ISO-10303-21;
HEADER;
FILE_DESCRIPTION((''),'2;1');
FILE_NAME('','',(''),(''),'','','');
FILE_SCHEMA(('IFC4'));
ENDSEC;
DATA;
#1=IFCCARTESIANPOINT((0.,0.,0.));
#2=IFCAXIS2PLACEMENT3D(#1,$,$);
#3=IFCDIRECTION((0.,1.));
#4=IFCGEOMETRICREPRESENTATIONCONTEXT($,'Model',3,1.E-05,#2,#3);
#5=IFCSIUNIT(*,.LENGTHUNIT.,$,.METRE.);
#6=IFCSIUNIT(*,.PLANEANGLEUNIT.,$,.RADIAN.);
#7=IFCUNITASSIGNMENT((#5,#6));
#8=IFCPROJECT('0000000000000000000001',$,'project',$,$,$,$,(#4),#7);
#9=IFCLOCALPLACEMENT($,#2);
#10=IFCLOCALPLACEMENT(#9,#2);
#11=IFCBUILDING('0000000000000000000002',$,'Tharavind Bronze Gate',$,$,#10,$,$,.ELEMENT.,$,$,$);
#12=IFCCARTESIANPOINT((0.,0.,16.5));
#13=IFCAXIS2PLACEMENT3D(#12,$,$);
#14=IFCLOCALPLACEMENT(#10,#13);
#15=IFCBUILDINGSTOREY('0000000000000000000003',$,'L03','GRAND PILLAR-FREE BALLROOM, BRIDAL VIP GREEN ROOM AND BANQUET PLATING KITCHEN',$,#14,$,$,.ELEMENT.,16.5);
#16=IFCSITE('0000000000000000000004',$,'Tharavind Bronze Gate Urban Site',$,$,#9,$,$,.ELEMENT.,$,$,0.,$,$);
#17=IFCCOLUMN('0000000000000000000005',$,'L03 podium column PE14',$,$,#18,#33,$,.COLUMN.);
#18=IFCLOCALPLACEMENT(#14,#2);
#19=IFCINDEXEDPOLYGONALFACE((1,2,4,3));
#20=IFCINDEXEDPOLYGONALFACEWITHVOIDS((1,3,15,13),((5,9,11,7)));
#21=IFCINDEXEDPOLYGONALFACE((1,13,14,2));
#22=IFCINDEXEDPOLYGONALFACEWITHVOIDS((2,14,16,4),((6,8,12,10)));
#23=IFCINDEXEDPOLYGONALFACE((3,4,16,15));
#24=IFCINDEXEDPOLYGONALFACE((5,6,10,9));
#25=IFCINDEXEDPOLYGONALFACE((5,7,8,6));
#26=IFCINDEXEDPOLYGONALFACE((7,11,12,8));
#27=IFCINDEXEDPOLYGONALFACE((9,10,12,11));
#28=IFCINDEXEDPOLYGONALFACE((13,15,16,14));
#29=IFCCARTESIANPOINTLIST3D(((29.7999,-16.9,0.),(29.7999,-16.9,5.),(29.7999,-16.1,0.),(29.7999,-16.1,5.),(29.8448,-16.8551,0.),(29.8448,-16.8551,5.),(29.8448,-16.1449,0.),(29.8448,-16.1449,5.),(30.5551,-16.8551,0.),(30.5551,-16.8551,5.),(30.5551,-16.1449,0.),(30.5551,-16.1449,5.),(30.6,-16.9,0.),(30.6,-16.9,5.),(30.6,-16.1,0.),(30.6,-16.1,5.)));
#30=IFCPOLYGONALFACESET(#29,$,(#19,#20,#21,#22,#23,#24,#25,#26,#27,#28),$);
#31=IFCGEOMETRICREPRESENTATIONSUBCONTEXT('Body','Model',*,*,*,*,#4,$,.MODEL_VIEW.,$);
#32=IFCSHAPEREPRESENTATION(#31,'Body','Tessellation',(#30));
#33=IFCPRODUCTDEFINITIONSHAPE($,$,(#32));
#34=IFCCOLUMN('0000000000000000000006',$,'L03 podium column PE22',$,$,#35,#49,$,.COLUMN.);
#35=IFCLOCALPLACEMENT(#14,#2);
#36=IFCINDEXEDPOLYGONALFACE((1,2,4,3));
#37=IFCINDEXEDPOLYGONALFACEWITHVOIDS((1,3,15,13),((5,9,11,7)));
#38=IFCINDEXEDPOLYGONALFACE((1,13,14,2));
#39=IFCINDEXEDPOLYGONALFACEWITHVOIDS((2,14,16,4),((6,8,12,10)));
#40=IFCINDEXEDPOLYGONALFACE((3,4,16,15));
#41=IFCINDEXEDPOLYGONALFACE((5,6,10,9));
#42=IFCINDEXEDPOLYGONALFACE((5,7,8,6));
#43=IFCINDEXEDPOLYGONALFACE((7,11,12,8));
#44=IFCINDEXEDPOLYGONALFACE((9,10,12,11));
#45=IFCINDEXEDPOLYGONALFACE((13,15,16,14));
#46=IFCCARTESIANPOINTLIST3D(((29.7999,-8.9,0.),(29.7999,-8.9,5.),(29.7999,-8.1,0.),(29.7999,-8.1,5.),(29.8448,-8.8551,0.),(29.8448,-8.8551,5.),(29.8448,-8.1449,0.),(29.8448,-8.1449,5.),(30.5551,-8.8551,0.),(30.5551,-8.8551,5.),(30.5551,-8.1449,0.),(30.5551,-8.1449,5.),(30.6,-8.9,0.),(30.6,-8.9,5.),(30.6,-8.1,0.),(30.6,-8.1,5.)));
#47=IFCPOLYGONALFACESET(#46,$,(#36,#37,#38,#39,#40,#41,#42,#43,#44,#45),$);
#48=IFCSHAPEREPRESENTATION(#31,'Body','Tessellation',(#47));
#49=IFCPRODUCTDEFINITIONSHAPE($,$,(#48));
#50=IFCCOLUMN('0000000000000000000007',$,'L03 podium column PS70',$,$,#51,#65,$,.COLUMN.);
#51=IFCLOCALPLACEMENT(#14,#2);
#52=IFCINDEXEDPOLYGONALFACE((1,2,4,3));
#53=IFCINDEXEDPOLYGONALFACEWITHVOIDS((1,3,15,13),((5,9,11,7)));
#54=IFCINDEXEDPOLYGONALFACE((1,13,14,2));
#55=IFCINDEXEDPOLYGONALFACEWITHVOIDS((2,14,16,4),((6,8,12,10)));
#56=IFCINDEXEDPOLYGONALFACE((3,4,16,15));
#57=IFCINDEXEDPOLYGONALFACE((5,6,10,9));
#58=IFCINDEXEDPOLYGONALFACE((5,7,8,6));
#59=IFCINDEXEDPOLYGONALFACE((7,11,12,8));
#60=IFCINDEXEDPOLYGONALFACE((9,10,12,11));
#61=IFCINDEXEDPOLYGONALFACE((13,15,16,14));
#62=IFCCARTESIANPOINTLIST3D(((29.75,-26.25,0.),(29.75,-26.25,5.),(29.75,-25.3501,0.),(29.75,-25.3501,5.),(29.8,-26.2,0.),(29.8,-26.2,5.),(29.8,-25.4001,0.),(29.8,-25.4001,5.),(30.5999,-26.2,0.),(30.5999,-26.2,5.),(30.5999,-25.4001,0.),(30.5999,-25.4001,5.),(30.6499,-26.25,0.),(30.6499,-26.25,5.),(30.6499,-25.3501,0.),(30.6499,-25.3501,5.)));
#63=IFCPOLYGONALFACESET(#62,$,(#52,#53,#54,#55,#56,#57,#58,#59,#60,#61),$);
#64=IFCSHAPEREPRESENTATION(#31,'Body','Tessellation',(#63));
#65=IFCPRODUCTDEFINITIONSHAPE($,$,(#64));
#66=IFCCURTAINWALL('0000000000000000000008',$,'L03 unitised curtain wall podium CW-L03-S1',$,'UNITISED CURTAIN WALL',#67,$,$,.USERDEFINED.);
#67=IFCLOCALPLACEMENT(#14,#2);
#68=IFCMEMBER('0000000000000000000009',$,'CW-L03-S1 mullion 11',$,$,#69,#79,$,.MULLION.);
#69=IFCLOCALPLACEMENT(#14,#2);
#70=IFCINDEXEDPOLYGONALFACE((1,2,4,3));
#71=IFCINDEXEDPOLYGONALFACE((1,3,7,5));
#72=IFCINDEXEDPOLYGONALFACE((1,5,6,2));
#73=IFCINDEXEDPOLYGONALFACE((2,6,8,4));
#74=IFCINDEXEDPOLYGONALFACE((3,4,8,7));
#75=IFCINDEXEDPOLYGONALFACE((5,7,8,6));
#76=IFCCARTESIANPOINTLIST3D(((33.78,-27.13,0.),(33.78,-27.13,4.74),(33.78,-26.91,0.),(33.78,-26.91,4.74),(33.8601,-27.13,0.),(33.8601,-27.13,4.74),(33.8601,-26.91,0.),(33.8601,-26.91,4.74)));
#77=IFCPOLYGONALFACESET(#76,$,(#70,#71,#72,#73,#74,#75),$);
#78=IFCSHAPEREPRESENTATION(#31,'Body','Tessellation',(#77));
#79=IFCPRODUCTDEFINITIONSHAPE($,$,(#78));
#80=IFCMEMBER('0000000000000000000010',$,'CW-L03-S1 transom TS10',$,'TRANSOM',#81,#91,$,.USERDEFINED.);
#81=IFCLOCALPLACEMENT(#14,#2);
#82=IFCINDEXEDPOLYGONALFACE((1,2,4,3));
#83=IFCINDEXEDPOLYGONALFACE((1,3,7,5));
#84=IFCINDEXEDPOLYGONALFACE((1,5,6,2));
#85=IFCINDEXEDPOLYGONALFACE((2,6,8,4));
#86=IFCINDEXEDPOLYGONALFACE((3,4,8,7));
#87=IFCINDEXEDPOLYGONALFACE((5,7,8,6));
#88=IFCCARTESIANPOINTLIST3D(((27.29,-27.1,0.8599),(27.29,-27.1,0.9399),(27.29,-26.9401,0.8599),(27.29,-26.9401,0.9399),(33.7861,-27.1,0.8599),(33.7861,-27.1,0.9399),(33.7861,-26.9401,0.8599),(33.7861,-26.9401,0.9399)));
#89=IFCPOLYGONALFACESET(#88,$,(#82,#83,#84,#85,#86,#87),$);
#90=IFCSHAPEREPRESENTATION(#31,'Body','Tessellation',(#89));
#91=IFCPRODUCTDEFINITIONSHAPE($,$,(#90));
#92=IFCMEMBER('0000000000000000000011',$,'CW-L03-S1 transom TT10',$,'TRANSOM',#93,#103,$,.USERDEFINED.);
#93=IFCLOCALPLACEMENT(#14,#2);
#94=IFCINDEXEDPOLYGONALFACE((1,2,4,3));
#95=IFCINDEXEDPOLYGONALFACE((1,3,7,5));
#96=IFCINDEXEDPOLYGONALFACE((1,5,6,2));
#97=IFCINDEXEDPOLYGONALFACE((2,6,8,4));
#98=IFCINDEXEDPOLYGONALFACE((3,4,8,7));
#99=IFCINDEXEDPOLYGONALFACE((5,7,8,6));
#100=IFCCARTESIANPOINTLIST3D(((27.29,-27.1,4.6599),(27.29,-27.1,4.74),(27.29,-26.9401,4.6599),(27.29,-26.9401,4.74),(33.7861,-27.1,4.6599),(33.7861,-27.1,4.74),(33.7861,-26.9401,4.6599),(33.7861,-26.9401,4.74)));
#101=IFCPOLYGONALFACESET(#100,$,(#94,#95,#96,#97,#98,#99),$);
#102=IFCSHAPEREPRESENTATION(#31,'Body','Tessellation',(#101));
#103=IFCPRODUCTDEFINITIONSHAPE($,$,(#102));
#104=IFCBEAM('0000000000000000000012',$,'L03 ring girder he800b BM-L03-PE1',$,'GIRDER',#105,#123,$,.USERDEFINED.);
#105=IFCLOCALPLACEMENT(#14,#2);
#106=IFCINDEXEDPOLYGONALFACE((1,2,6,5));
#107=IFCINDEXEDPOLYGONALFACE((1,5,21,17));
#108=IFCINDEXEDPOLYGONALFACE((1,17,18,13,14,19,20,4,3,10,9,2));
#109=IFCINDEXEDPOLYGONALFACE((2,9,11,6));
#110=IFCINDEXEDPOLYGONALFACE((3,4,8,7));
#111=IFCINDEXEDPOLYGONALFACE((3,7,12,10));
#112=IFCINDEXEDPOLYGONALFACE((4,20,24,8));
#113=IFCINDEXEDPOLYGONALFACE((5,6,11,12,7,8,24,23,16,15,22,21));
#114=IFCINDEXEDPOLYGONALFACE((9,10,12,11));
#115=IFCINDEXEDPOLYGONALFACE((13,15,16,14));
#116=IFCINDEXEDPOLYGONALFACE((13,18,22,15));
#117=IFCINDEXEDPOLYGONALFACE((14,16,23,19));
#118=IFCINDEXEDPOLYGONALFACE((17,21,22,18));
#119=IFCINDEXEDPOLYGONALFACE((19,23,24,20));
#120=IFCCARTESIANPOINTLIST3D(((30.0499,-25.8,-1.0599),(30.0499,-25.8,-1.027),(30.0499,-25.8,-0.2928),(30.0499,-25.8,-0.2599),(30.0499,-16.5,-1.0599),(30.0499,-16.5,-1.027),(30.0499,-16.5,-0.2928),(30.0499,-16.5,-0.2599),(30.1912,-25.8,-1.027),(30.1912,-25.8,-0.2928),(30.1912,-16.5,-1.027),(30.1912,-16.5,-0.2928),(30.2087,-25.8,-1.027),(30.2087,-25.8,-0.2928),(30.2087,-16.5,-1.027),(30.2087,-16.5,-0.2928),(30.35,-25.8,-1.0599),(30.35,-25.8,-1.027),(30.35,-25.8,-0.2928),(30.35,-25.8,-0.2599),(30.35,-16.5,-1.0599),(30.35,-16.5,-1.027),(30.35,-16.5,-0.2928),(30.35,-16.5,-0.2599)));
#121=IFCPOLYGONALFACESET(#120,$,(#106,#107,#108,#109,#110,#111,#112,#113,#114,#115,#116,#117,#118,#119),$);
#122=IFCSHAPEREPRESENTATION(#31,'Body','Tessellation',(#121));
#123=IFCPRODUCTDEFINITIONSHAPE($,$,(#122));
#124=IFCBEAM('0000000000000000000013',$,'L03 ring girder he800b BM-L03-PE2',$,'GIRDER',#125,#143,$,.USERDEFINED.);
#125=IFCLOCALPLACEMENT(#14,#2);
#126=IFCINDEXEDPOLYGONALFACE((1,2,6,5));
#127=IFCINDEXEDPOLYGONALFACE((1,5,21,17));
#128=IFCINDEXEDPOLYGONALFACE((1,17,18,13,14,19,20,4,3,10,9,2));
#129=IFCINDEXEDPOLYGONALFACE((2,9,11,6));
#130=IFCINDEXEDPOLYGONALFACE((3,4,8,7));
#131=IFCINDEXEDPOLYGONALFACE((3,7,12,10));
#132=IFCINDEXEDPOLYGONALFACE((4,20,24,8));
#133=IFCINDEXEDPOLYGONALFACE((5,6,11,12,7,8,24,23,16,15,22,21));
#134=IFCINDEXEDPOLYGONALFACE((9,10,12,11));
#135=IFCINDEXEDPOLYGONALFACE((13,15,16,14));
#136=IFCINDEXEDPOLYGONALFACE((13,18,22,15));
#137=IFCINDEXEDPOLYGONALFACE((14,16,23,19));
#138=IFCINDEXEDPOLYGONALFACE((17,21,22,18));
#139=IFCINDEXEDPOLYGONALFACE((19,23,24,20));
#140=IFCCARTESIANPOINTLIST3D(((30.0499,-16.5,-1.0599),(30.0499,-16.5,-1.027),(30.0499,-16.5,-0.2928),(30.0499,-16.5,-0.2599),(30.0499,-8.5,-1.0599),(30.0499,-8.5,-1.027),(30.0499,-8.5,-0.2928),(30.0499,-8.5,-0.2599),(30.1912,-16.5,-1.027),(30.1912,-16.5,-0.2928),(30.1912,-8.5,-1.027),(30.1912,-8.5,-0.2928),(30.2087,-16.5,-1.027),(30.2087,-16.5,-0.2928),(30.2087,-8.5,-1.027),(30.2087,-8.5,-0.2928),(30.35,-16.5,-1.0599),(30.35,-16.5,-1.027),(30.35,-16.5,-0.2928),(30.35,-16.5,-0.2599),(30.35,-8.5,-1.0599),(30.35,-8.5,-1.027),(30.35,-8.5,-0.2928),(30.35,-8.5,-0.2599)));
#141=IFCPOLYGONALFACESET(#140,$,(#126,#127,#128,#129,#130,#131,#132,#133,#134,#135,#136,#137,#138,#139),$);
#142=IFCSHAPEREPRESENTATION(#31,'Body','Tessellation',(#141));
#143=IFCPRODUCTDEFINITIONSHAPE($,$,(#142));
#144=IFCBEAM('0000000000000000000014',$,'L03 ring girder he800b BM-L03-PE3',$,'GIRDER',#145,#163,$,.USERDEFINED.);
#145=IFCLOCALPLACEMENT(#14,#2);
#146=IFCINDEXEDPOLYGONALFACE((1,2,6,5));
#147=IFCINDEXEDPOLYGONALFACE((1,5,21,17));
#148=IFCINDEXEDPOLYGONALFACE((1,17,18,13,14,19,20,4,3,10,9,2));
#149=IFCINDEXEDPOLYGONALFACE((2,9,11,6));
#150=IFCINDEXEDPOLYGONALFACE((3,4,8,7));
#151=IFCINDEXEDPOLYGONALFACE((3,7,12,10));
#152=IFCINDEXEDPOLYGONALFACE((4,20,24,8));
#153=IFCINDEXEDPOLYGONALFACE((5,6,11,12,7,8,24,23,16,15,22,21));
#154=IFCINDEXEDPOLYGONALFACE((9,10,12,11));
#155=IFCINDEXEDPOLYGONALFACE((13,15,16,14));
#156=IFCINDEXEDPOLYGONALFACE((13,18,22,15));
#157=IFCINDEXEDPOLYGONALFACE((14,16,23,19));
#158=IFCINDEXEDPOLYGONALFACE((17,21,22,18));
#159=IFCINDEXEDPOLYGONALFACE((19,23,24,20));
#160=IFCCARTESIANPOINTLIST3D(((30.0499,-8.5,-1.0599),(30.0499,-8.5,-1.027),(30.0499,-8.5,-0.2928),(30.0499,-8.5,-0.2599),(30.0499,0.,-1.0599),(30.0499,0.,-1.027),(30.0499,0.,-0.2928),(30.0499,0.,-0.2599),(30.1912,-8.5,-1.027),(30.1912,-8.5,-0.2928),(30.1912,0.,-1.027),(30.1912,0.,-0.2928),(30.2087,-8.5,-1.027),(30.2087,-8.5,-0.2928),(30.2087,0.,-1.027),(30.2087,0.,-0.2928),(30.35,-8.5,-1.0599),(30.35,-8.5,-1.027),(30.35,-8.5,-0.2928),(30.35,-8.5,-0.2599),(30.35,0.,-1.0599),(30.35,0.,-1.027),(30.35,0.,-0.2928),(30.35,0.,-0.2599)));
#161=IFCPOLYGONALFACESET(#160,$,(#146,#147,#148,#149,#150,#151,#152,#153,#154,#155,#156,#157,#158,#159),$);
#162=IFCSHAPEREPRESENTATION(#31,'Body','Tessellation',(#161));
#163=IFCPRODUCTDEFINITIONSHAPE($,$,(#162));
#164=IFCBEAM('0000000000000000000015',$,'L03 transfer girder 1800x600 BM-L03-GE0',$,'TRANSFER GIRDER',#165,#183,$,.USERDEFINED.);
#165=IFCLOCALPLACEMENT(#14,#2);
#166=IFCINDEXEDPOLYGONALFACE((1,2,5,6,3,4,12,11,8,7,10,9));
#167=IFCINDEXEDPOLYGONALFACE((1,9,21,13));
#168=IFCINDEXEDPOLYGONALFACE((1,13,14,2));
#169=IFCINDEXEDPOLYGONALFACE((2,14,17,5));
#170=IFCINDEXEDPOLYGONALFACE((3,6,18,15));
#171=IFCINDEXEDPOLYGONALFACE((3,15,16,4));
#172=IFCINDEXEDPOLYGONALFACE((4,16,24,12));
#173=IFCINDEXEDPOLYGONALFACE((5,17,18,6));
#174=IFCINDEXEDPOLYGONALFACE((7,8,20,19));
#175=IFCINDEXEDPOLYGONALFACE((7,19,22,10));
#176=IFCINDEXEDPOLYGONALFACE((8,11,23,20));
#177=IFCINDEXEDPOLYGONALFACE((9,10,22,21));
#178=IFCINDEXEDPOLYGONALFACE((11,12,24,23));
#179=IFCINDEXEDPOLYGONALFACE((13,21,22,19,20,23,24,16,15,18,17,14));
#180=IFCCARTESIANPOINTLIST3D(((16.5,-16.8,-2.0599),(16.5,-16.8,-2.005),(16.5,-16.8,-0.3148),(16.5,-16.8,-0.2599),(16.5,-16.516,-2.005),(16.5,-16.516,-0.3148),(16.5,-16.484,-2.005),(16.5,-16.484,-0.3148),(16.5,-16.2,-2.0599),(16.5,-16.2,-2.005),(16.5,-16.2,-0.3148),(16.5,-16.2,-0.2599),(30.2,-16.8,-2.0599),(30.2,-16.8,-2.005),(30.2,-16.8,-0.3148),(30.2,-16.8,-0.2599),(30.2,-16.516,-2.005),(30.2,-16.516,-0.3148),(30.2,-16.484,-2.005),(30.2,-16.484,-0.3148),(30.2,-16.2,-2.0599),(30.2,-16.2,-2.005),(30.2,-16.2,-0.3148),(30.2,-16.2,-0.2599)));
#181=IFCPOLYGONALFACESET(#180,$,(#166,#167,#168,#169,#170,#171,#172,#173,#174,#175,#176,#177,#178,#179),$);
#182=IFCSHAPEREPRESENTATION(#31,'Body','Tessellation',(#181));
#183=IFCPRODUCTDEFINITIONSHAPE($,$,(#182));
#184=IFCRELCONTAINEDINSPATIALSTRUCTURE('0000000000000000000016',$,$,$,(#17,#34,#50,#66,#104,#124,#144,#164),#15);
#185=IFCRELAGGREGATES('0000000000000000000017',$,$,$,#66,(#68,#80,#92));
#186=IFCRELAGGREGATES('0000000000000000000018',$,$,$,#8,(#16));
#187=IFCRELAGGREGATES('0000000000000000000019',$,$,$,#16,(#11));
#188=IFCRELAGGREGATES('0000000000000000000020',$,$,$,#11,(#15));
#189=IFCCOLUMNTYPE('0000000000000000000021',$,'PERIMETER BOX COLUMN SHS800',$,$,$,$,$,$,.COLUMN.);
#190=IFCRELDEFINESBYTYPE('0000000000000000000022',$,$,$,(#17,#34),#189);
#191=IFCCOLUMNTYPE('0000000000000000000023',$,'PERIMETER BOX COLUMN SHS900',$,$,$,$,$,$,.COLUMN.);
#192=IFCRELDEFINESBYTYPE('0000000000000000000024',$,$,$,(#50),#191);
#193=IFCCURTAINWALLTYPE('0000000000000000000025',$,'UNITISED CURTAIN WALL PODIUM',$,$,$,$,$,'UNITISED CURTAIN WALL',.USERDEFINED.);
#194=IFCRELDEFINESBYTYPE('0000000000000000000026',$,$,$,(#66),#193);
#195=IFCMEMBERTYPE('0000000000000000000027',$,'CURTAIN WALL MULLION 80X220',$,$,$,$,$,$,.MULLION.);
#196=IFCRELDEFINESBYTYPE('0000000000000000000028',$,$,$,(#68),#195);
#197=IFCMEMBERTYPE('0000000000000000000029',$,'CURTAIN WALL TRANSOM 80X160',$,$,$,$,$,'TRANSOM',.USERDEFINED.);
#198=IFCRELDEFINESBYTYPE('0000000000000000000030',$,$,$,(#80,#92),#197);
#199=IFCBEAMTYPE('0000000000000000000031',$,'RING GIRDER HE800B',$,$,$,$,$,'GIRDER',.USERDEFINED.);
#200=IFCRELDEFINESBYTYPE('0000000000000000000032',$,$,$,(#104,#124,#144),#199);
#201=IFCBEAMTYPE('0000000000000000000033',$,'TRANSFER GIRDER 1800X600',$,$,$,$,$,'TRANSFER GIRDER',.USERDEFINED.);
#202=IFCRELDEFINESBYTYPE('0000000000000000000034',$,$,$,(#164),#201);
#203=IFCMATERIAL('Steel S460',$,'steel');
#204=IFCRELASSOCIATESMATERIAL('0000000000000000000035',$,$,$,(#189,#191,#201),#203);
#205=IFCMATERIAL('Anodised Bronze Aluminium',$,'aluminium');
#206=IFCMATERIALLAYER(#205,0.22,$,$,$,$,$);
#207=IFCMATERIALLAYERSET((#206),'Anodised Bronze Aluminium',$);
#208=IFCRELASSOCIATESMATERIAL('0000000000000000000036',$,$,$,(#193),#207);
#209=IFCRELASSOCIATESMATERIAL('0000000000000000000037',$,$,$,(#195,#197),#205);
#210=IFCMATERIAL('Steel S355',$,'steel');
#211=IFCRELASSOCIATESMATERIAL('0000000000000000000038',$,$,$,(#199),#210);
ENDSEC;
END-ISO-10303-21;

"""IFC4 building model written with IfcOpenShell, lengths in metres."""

from ifc_helpers import new_model, si_unit, direction, frame, origin, origin_2d, place, context, subcontext, project, spatial, rectangle, hollow_rectangle, i_section, extrude, material, layer, layer_set, material_profile, profile_set, type_object, element, aggregate, save


model = new_model("IFC4")

# Units and contexts
model_context = context("Model", 3, precision=1e-05, world=origin(), true_north=direction((0.0, 1.0)))
body_context = subcontext(model_context, "Body", "Model", "MODEL_VIEW")
ifc_project = project(units=[si_unit("LENGTHUNIT", "METRE"), si_unit("PLANEANGLEUNIT", "RADIAN")], contexts=[model_context])

# Site, building, storey
site_placement = place(None, origin())
site = spatial("IfcSite", under=ifc_project, at=site_placement, Name="Tharavind Bronze Gate Urban Site", CompositionType="ELEMENT", RefElevation=0.0)
building_placement = place(site_placement, origin())
building = spatial("IfcBuilding", under=site, at=building_placement, Name="Tharavind Bronze Gate", CompositionType="ELEMENT")
storey_placement = place(building_placement, frame((0.0, 0.0, 16.5)))
storey = spatial("IfcBuildingStorey", under=building, at=storey_placement, Name="L03", Description="GRAND PILLAR-FREE BALLROOM, BRIDAL VIP GREEN ROOM AND BANQUET PLATING KITCHEN", CompositionType="ELEMENT", Elevation=16.5)

# Columns
ifc_material_1 = material(Name="Steel S460", Category="steel")
ifc_material_profile_1 = material_profile(ifc_material_1, hollow_rectangle(XDim=0.8, YDim=0.8, WallThickness=0.0449, at=origin_2d()), Name="SHS800X45")
ifc_profile_set_1 = profile_set([ifc_material_profile_1], Name="Steel S460")
column_type_1 = type_object("IfcColumnType", Name="PERIMETER BOX COLUMN SHS800", PredefinedType="COLUMN", material=ifc_profile_set_1)
for number, where, z_axis, x_axis, name in (
    (1, (30.2, -16.5, 0.0), (0.0, 0.0, 1.0), (1.0, 0.0, 0.0), "L03 podium column PE14"),
    (2, (30.2, -8.5, 0.0), (0.0, 0.0, 1.0), (1.0, 0.0, 0.0), "L03 podium column PE22"),
):
    element("IfcColumn", number, at=place(storey_placement, frame(where, z_axis=z_axis, x_axis=x_axis)), inside=storey, type_object=column_type_1, Name=name, PredefinedType="COLUMN", context=body_context, shape_type="SweptSolid", body=[
        extrude(hollow_rectangle(XDim=0.8, YDim=0.8, WallThickness=0.0449, at=origin_2d()), origin(), (0.0, 0.0, 1.0), 5.0),
    ])
ifc_material_profile_2 = material_profile(ifc_material_1, hollow_rectangle(XDim=0.8999, YDim=0.8999, WallThickness=0.05, at=origin_2d()), Name="SHS900X50")
ifc_profile_set_2 = profile_set([ifc_material_profile_2], Name="Steel S460")
column_type_2 = type_object("IfcColumnType", Name="PERIMETER BOX COLUMN SHS900", PredefinedType="COLUMN", material=ifc_profile_set_2)
column_placement = place(storey_placement, frame((30.2, -25.8, 0.0), z_axis=(0.0, 0.0, 1.0), x_axis=(1.0, 0.0, 0.0)))
element("IfcColumn", 3, at=column_placement, inside=storey, type_object=column_type_2, Name="L03 podium column PS70", PredefinedType="COLUMN", context=body_context, shape_type="SweptSolid", body=[
    extrude(hollow_rectangle(XDim=0.8999, YDim=0.8999, WallThickness=0.05, at=origin_2d()), origin(), (0.0, 0.0, 1.0), 5.0),
])

# Curtain wall, members
ifc_material_2 = material(Name="Anodised Bronze Aluminium", Category="aluminium")
ifc_layer_1 = layer(ifc_material_2, 0.22)
ifc_layer_set_1 = layer_set([ifc_layer_1], Name="Anodised Bronze Aluminium")
curtain_wall_type = type_object("IfcCurtainWallType", Name="UNITISED CURTAIN WALL PODIUM", ElementType="UNITISED CURTAIN WALL", PredefinedType="USERDEFINED", material=ifc_layer_set_1)
curtain_wall_placement = place(storey_placement, origin())
curtain_wall = element("IfcCurtainWall", 4, at=curtain_wall_placement, inside=storey, type_object=curtain_wall_type, Name="L03 unitised curtain wall podium CW-L03-S1", ObjectType="UNITISED CURTAIN WALL", PredefinedType="USERDEFINED")
member_type_1 = type_object("IfcMemberType", Name="CURTAIN WALL MULLION 80X220", PredefinedType="MULLION", material=ifc_material_2)
member_1_placement = place(storey_placement, frame((33.8201, -27.02, 0.0), z_axis=(0.0, 0.0, 1.0), x_axis=(1.0, 0.0, 0.0)))
member_1 = element("IfcMember", 5, at=member_1_placement, type_object=member_type_1, Name="CW-L03-S1 mullion 11", PredefinedType="MULLION", context=body_context, shape_type="SweptSolid", body=[
    extrude(rectangle(XDim=0.0801, YDim=0.22, at=origin_2d()), origin(), (0.0, 0.0, 1.0), 4.74),
])
member_type_2 = type_object("IfcMemberType", Name="CURTAIN WALL TRANSOM 80X160", ElementType="TRANSOM", PredefinedType="USERDEFINED", material=ifc_material_2)
member_2_placement = place(storey_placement, frame((30.5381, -27.02, 0.8599), z_axis=(0.0, 0.0, 1.0), x_axis=(1.0, 0.0, 0.0)))
member_2 = element("IfcMember", 6, at=member_2_placement, type_object=member_type_2, Name="CW-L03-S1 transom TS10", ObjectType="TRANSOM", PredefinedType="USERDEFINED", context=body_context, shape_type="SweptSolid", body=[
    extrude(rectangle(XDim=6.4961, YDim=0.1599, at=origin_2d()), origin(), (0.0, 0.0, 1.0), 0.0801),
])
member_3_placement = place(storey_placement, frame((30.5381, -27.02, 4.6599), z_axis=(0.0, 0.0, 1.0), x_axis=(1.0, 0.0, 0.0)))
member_3 = element("IfcMember", 7, at=member_3_placement, type_object=member_type_2, Name="CW-L03-S1 transom TT10", ObjectType="TRANSOM", PredefinedType="USERDEFINED", context=body_context, shape_type="SweptSolid", body=[
    extrude(rectangle(XDim=6.4961, YDim=0.1599, at=origin_2d()), origin(), (0.0, 0.0, 1.0), 0.0801),
])

# Beams
ifc_material_3 = material(Name="Steel S355", Category="steel")
ifc_material_profile_3 = material_profile(ifc_material_3, i_section(OverallWidth=0.3, OverallDepth=0.8, WebThickness=0.0176, FlangeThickness=0.033, at=origin_2d()), Name="HE800B")
ifc_profile_set_3 = profile_set([ifc_material_profile_3], Name="Steel S355")
beam_type_1 = type_object("IfcBeamType", Name="RING GIRDER HE800B", ElementType="GIRDER", PredefinedType="USERDEFINED", material=ifc_profile_set_3)
beam_1_placement = place(storey_placement, frame((30.2, -25.8, -0.6599), z_axis=(0.0, 1.0, 0.0), x_axis=(-1.0, 0.0, 0.0)))
element("IfcBeam", 8, at=beam_1_placement, inside=storey, type_object=beam_type_1, Name="L03 ring girder he800b BM-L03-PE1", ObjectType="GIRDER", PredefinedType="USERDEFINED", context=body_context, shape_type="SweptSolid", body=[
    extrude(i_section(OverallWidth=0.3, OverallDepth=0.8, WebThickness=0.0176, FlangeThickness=0.033, at=origin_2d()), origin(), (0.0, 0.0, 1.0), 9.3),
])
beam_2_placement = place(storey_placement, frame((30.2, -16.5, -0.6599), z_axis=(0.0, 1.0, 0.0), x_axis=(-1.0, 0.0, 0.0)))
element("IfcBeam", 9, at=beam_2_placement, inside=storey, type_object=beam_type_1, Name="L03 ring girder he800b BM-L03-PE2", ObjectType="GIRDER", PredefinedType="USERDEFINED", context=body_context, shape_type="SweptSolid", body=[
    extrude(i_section(OverallWidth=0.3, OverallDepth=0.8, WebThickness=0.0176, FlangeThickness=0.033, at=origin_2d()), origin(), (0.0, 0.0, 1.0), 8.0),
])
beam_3_placement = place(storey_placement, frame((30.2, -8.5, -0.6599), z_axis=(0.0, 1.0, 0.0), x_axis=(-1.0, 0.0, 0.0)))
element("IfcBeam", 10, at=beam_3_placement, inside=storey, type_object=beam_type_1, Name="L03 ring girder he800b BM-L03-PE3", ObjectType="GIRDER", PredefinedType="USERDEFINED", context=body_context, shape_type="SweptSolid", body=[
    extrude(i_section(OverallWidth=0.3, OverallDepth=0.8, WebThickness=0.0176, FlangeThickness=0.033, at=origin_2d()), origin(), (0.0, 0.0, 1.0), 8.5),
])
ifc_material_profile_4 = material_profile(ifc_material_1, i_section(OverallWidth=0.6001, OverallDepth=1.8, WebThickness=0.032, FlangeThickness=0.0549, at=origin_2d()), Name="PG1800X600")
ifc_profile_set_4 = profile_set([ifc_material_profile_4], Name="Steel S460")
beam_type_2 = type_object("IfcBeamType", Name="TRANSFER GIRDER 1800X600", ElementType="TRANSFER GIRDER", PredefinedType="USERDEFINED", material=ifc_profile_set_4)
beam_4_placement = place(storey_placement, frame((30.2, -16.5, -1.1599), z_axis=(-1.0, 0.0, 0.0), x_axis=(0.0, -1.0, 0.0)))
element("IfcBeam", 11, at=beam_4_placement, inside=storey, type_object=beam_type_2, Name="L03 transfer girder 1800x600 BM-L03-GE0", ObjectType="TRANSFER GIRDER", PredefinedType="USERDEFINED", context=body_context, shape_type="SweptSolid", body=[
    extrude(i_section(OverallWidth=0.6001, OverallDepth=1.8, WebThickness=0.032, FlangeThickness=0.0549, at=origin_2d()), origin(), (0.0, 0.0, 1.0), 13.7),
])

aggregate(curtain_wall, [member_1, member_2, member_3])

save(model, "model.ifc")
